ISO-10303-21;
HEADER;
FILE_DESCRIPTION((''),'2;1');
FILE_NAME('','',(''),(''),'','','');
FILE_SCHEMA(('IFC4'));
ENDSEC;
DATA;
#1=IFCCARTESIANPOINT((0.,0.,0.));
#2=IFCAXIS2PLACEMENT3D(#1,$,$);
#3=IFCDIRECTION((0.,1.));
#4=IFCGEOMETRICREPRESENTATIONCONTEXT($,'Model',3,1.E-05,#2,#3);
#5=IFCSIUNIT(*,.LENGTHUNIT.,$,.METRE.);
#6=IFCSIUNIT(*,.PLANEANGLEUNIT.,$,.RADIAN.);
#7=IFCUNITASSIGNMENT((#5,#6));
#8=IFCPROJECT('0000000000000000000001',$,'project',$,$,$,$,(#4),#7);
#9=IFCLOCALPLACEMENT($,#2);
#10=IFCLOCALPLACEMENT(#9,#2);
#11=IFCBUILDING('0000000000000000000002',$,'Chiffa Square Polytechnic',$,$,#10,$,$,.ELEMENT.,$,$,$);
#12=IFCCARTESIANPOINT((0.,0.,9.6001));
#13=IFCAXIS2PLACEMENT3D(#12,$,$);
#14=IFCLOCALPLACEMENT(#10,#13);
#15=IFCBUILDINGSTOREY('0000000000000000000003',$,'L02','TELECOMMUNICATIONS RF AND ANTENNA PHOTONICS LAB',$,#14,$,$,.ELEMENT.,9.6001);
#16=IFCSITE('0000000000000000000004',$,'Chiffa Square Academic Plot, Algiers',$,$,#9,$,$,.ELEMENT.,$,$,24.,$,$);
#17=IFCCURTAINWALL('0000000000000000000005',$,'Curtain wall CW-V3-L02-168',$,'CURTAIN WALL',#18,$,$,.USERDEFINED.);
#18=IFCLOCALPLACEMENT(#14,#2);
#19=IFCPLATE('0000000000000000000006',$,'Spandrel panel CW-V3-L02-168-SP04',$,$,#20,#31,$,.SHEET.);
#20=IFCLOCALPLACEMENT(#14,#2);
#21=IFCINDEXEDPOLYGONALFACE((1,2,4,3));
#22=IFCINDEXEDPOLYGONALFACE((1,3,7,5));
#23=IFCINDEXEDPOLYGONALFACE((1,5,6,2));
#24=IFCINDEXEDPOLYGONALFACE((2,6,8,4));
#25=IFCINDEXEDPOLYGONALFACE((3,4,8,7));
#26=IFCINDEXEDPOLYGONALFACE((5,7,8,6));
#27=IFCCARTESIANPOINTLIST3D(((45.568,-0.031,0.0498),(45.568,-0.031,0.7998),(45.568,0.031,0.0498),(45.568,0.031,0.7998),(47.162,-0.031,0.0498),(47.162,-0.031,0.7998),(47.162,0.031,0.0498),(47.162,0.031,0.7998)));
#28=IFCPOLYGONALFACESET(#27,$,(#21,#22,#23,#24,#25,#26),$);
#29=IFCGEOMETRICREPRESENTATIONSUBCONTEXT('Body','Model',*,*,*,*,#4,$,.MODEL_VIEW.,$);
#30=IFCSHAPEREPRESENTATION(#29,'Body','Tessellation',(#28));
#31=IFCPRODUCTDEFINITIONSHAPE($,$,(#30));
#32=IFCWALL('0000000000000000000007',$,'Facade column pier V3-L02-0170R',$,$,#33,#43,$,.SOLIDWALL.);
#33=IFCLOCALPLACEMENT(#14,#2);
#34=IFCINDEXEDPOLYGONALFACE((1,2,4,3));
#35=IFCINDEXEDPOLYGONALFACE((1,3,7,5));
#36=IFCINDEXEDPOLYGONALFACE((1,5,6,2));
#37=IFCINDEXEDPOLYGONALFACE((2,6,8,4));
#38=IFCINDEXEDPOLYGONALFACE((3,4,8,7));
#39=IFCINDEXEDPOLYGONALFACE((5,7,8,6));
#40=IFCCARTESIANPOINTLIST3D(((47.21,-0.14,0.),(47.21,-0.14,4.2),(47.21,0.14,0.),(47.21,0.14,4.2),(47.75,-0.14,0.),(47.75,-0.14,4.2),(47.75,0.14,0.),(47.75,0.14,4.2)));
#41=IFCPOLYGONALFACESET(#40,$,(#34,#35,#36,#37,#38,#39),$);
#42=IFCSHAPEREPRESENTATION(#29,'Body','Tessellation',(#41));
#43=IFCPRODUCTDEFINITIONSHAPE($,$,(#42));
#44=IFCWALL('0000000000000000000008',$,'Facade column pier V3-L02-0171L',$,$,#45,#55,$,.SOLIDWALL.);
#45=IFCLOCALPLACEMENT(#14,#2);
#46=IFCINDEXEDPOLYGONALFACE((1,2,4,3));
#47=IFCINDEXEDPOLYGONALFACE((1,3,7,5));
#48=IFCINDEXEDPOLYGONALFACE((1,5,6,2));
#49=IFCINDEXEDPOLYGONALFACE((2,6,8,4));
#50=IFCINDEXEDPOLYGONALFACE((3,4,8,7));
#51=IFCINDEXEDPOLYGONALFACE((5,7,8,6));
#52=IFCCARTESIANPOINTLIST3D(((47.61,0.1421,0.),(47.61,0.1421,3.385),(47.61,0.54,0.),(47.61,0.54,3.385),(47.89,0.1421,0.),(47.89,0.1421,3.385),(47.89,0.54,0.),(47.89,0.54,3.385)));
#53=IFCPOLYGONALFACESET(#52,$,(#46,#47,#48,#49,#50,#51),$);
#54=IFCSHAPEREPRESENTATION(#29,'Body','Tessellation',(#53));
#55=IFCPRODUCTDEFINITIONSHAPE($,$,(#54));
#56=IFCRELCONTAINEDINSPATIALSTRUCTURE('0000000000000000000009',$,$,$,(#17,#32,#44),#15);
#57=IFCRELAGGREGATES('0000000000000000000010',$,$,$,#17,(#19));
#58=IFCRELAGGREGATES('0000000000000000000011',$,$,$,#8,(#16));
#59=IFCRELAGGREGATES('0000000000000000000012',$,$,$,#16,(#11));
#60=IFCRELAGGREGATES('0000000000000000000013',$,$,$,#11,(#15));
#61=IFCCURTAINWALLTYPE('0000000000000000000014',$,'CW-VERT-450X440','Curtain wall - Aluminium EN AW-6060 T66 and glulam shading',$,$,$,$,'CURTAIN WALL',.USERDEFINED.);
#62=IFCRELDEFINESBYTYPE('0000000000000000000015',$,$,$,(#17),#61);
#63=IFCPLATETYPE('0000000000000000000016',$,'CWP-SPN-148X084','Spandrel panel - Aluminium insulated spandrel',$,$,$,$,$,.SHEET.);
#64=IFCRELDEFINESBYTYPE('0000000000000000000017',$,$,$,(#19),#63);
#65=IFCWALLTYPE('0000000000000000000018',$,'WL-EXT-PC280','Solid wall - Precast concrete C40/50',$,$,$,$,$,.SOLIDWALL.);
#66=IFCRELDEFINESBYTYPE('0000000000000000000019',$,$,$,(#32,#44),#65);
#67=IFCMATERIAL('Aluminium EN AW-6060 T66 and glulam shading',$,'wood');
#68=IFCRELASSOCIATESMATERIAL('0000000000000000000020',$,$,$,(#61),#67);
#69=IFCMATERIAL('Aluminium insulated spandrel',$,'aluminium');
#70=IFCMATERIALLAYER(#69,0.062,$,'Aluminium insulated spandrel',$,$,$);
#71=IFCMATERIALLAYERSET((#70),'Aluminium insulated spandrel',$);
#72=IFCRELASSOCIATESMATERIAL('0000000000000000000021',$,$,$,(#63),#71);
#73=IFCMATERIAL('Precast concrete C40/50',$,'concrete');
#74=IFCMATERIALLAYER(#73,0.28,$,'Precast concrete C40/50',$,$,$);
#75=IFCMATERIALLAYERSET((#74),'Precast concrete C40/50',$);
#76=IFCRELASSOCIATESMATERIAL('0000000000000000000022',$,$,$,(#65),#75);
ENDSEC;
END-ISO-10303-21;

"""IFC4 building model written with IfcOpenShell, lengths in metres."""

from ifc_helpers import new_model, si_unit, direction, frame, frame_2d, origin, origin_2d, place, context, subcontext, project, spatial, rectangle, extrude, material, layer, layer_set, type_object, element, aggregate, save


model = new_model("IFC4")

# Units and contexts
model_context = context("Model", 3, precision=1e-05, world=origin(), true_north=direction((0.0, 1.0)))
body_context = subcontext(model_context, "Body", "Model", "MODEL_VIEW")
ifc_project = project(units=[si_unit("LENGTHUNIT", "METRE"), si_unit("PLANEANGLEUNIT", "RADIAN")], contexts=[model_context])

# Site, building, storey
site_placement = place(None, origin())
site = spatial("IfcSite", under=ifc_project, at=site_placement, Name="Chiffa Square Academic Plot, Algiers", CompositionType="ELEMENT", RefElevation=24.0)
building_placement = place(site_placement, origin())
building = spatial("IfcBuilding", under=site, at=building_placement, Name="Chiffa Square Polytechnic", CompositionType="ELEMENT")
storey_placement = place(building_placement, frame((0.0, 0.0, 9.6001)))
storey = spatial("IfcBuildingStorey", under=building, at=storey_placement, Name="L02", Description="TELECOMMUNICATIONS RF AND ANTENNA PHOTONICS LAB", CompositionType="ELEMENT", Elevation=9.6001)

# Curtain wall
ifc_material_1 = material(Name="Aluminium EN AW-6060 T66 and glulam shading", Category="wood")
curtain_wall_type_1 = type_object("IfcCurtainWallType", Name="CW-VERT-450X440", Description="Curtain wall - Aluminium EN AW-6060 T66 and glulam shading", ElementType="CURTAIN WALL", PredefinedType="USERDEFINED", material=ifc_material_1)
curtain_wall_1_placement = place(storey_placement, origin())
curtain_wall_1 = element("IfcCurtainWall", 1, at=curtain_wall_1_placement, inside=storey, type_object=curtain_wall_type_1, Name="Curtain wall CW-V3-L02-168", ObjectType="CURTAIN WALL", PredefinedType="USERDEFINED")

# Plate
ifc_material_2 = material(Name="Aluminium insulated spandrel", Category="aluminium")
ifc_layer_1 = layer(ifc_material_2, 0.062, Name="Aluminium insulated spandrel")
ifc_layer_set_1 = layer_set([ifc_layer_1], Name="Aluminium insulated spandrel")
plate_type_1 = type_object("IfcPlateType", Name="CWP-SPN-148X084", Description="Spandrel panel - Aluminium insulated spandrel", PredefinedType="SHEET", material=ifc_layer_set_1)
plate_1_placement = place(storey_placement, frame((46.365, 0.0, 0.0498), z_axis=(0.0, 0.0, 1.0), x_axis=(1.0, 0.0, 0.0)))
plate_1 = element("IfcPlate", 2, at=plate_1_placement, type_object=plate_type_1, Name="Spandrel panel CW-V3-L02-168-SP04", PredefinedType="SHEET", context=body_context, shape_type="SweptSolid", body=[
    extrude(rectangle(XDim=1.594, YDim=0.062, at=origin_2d()), origin(), (0.0, 0.0, 1.0), 0.75),
])
aggregate(curtain_wall_1, [plate_1])

# Walls
ifc_material_3 = material(Name="Precast concrete C40/50", Category="concrete")
ifc_layer_2 = layer(ifc_material_3, 0.28, Name="Precast concrete C40/50")
ifc_layer_set_2 = layer_set([ifc_layer_2], Name="Precast concrete C40/50")
wall_type = type_object("IfcWallType", Name="WL-EXT-PC280", Description="Solid wall - Precast concrete C40/50", PredefinedType="SOLIDWALL", material=ifc_layer_set_2)
wall_1_placement = place(storey_placement, frame((47.21, 0.0, 0.0), z_axis=(0.0, 0.0, 1.0), x_axis=(1.0, 0.0, 0.0)))
element("IfcWall", 3, at=wall_1_placement, inside=storey, type_object=wall_type, Name="Facade column pier V3-L02-0170R", PredefinedType="SOLIDWALL", context=body_context, shape_type="SweptSolid", body=[
    extrude(rectangle(XDim=0.54, YDim=0.28, at=frame_2d((0.27, 0.0))), origin(), (0.0, 0.0, 1.0), 4.2),
])
wall_2_placement = place(storey_placement, frame((47.75, 0.1421, 0.0), z_axis=(0.0, 0.0, 1.0), x_axis=(0.0, 1.0, 0.0)))
element("IfcWall", 4, at=wall_2_placement, inside=storey, type_object=wall_type, Name="Facade column pier V3-L02-0171L", PredefinedType="SOLIDWALL", context=body_context, shape_type="SweptSolid", body=[
    extrude(rectangle(XDim=0.3979, YDim=0.28, at=frame_2d((0.199, 0.0))), origin(), (0.0, 0.0, 1.0), 3.385),
])

save(model, "model.ifc")
